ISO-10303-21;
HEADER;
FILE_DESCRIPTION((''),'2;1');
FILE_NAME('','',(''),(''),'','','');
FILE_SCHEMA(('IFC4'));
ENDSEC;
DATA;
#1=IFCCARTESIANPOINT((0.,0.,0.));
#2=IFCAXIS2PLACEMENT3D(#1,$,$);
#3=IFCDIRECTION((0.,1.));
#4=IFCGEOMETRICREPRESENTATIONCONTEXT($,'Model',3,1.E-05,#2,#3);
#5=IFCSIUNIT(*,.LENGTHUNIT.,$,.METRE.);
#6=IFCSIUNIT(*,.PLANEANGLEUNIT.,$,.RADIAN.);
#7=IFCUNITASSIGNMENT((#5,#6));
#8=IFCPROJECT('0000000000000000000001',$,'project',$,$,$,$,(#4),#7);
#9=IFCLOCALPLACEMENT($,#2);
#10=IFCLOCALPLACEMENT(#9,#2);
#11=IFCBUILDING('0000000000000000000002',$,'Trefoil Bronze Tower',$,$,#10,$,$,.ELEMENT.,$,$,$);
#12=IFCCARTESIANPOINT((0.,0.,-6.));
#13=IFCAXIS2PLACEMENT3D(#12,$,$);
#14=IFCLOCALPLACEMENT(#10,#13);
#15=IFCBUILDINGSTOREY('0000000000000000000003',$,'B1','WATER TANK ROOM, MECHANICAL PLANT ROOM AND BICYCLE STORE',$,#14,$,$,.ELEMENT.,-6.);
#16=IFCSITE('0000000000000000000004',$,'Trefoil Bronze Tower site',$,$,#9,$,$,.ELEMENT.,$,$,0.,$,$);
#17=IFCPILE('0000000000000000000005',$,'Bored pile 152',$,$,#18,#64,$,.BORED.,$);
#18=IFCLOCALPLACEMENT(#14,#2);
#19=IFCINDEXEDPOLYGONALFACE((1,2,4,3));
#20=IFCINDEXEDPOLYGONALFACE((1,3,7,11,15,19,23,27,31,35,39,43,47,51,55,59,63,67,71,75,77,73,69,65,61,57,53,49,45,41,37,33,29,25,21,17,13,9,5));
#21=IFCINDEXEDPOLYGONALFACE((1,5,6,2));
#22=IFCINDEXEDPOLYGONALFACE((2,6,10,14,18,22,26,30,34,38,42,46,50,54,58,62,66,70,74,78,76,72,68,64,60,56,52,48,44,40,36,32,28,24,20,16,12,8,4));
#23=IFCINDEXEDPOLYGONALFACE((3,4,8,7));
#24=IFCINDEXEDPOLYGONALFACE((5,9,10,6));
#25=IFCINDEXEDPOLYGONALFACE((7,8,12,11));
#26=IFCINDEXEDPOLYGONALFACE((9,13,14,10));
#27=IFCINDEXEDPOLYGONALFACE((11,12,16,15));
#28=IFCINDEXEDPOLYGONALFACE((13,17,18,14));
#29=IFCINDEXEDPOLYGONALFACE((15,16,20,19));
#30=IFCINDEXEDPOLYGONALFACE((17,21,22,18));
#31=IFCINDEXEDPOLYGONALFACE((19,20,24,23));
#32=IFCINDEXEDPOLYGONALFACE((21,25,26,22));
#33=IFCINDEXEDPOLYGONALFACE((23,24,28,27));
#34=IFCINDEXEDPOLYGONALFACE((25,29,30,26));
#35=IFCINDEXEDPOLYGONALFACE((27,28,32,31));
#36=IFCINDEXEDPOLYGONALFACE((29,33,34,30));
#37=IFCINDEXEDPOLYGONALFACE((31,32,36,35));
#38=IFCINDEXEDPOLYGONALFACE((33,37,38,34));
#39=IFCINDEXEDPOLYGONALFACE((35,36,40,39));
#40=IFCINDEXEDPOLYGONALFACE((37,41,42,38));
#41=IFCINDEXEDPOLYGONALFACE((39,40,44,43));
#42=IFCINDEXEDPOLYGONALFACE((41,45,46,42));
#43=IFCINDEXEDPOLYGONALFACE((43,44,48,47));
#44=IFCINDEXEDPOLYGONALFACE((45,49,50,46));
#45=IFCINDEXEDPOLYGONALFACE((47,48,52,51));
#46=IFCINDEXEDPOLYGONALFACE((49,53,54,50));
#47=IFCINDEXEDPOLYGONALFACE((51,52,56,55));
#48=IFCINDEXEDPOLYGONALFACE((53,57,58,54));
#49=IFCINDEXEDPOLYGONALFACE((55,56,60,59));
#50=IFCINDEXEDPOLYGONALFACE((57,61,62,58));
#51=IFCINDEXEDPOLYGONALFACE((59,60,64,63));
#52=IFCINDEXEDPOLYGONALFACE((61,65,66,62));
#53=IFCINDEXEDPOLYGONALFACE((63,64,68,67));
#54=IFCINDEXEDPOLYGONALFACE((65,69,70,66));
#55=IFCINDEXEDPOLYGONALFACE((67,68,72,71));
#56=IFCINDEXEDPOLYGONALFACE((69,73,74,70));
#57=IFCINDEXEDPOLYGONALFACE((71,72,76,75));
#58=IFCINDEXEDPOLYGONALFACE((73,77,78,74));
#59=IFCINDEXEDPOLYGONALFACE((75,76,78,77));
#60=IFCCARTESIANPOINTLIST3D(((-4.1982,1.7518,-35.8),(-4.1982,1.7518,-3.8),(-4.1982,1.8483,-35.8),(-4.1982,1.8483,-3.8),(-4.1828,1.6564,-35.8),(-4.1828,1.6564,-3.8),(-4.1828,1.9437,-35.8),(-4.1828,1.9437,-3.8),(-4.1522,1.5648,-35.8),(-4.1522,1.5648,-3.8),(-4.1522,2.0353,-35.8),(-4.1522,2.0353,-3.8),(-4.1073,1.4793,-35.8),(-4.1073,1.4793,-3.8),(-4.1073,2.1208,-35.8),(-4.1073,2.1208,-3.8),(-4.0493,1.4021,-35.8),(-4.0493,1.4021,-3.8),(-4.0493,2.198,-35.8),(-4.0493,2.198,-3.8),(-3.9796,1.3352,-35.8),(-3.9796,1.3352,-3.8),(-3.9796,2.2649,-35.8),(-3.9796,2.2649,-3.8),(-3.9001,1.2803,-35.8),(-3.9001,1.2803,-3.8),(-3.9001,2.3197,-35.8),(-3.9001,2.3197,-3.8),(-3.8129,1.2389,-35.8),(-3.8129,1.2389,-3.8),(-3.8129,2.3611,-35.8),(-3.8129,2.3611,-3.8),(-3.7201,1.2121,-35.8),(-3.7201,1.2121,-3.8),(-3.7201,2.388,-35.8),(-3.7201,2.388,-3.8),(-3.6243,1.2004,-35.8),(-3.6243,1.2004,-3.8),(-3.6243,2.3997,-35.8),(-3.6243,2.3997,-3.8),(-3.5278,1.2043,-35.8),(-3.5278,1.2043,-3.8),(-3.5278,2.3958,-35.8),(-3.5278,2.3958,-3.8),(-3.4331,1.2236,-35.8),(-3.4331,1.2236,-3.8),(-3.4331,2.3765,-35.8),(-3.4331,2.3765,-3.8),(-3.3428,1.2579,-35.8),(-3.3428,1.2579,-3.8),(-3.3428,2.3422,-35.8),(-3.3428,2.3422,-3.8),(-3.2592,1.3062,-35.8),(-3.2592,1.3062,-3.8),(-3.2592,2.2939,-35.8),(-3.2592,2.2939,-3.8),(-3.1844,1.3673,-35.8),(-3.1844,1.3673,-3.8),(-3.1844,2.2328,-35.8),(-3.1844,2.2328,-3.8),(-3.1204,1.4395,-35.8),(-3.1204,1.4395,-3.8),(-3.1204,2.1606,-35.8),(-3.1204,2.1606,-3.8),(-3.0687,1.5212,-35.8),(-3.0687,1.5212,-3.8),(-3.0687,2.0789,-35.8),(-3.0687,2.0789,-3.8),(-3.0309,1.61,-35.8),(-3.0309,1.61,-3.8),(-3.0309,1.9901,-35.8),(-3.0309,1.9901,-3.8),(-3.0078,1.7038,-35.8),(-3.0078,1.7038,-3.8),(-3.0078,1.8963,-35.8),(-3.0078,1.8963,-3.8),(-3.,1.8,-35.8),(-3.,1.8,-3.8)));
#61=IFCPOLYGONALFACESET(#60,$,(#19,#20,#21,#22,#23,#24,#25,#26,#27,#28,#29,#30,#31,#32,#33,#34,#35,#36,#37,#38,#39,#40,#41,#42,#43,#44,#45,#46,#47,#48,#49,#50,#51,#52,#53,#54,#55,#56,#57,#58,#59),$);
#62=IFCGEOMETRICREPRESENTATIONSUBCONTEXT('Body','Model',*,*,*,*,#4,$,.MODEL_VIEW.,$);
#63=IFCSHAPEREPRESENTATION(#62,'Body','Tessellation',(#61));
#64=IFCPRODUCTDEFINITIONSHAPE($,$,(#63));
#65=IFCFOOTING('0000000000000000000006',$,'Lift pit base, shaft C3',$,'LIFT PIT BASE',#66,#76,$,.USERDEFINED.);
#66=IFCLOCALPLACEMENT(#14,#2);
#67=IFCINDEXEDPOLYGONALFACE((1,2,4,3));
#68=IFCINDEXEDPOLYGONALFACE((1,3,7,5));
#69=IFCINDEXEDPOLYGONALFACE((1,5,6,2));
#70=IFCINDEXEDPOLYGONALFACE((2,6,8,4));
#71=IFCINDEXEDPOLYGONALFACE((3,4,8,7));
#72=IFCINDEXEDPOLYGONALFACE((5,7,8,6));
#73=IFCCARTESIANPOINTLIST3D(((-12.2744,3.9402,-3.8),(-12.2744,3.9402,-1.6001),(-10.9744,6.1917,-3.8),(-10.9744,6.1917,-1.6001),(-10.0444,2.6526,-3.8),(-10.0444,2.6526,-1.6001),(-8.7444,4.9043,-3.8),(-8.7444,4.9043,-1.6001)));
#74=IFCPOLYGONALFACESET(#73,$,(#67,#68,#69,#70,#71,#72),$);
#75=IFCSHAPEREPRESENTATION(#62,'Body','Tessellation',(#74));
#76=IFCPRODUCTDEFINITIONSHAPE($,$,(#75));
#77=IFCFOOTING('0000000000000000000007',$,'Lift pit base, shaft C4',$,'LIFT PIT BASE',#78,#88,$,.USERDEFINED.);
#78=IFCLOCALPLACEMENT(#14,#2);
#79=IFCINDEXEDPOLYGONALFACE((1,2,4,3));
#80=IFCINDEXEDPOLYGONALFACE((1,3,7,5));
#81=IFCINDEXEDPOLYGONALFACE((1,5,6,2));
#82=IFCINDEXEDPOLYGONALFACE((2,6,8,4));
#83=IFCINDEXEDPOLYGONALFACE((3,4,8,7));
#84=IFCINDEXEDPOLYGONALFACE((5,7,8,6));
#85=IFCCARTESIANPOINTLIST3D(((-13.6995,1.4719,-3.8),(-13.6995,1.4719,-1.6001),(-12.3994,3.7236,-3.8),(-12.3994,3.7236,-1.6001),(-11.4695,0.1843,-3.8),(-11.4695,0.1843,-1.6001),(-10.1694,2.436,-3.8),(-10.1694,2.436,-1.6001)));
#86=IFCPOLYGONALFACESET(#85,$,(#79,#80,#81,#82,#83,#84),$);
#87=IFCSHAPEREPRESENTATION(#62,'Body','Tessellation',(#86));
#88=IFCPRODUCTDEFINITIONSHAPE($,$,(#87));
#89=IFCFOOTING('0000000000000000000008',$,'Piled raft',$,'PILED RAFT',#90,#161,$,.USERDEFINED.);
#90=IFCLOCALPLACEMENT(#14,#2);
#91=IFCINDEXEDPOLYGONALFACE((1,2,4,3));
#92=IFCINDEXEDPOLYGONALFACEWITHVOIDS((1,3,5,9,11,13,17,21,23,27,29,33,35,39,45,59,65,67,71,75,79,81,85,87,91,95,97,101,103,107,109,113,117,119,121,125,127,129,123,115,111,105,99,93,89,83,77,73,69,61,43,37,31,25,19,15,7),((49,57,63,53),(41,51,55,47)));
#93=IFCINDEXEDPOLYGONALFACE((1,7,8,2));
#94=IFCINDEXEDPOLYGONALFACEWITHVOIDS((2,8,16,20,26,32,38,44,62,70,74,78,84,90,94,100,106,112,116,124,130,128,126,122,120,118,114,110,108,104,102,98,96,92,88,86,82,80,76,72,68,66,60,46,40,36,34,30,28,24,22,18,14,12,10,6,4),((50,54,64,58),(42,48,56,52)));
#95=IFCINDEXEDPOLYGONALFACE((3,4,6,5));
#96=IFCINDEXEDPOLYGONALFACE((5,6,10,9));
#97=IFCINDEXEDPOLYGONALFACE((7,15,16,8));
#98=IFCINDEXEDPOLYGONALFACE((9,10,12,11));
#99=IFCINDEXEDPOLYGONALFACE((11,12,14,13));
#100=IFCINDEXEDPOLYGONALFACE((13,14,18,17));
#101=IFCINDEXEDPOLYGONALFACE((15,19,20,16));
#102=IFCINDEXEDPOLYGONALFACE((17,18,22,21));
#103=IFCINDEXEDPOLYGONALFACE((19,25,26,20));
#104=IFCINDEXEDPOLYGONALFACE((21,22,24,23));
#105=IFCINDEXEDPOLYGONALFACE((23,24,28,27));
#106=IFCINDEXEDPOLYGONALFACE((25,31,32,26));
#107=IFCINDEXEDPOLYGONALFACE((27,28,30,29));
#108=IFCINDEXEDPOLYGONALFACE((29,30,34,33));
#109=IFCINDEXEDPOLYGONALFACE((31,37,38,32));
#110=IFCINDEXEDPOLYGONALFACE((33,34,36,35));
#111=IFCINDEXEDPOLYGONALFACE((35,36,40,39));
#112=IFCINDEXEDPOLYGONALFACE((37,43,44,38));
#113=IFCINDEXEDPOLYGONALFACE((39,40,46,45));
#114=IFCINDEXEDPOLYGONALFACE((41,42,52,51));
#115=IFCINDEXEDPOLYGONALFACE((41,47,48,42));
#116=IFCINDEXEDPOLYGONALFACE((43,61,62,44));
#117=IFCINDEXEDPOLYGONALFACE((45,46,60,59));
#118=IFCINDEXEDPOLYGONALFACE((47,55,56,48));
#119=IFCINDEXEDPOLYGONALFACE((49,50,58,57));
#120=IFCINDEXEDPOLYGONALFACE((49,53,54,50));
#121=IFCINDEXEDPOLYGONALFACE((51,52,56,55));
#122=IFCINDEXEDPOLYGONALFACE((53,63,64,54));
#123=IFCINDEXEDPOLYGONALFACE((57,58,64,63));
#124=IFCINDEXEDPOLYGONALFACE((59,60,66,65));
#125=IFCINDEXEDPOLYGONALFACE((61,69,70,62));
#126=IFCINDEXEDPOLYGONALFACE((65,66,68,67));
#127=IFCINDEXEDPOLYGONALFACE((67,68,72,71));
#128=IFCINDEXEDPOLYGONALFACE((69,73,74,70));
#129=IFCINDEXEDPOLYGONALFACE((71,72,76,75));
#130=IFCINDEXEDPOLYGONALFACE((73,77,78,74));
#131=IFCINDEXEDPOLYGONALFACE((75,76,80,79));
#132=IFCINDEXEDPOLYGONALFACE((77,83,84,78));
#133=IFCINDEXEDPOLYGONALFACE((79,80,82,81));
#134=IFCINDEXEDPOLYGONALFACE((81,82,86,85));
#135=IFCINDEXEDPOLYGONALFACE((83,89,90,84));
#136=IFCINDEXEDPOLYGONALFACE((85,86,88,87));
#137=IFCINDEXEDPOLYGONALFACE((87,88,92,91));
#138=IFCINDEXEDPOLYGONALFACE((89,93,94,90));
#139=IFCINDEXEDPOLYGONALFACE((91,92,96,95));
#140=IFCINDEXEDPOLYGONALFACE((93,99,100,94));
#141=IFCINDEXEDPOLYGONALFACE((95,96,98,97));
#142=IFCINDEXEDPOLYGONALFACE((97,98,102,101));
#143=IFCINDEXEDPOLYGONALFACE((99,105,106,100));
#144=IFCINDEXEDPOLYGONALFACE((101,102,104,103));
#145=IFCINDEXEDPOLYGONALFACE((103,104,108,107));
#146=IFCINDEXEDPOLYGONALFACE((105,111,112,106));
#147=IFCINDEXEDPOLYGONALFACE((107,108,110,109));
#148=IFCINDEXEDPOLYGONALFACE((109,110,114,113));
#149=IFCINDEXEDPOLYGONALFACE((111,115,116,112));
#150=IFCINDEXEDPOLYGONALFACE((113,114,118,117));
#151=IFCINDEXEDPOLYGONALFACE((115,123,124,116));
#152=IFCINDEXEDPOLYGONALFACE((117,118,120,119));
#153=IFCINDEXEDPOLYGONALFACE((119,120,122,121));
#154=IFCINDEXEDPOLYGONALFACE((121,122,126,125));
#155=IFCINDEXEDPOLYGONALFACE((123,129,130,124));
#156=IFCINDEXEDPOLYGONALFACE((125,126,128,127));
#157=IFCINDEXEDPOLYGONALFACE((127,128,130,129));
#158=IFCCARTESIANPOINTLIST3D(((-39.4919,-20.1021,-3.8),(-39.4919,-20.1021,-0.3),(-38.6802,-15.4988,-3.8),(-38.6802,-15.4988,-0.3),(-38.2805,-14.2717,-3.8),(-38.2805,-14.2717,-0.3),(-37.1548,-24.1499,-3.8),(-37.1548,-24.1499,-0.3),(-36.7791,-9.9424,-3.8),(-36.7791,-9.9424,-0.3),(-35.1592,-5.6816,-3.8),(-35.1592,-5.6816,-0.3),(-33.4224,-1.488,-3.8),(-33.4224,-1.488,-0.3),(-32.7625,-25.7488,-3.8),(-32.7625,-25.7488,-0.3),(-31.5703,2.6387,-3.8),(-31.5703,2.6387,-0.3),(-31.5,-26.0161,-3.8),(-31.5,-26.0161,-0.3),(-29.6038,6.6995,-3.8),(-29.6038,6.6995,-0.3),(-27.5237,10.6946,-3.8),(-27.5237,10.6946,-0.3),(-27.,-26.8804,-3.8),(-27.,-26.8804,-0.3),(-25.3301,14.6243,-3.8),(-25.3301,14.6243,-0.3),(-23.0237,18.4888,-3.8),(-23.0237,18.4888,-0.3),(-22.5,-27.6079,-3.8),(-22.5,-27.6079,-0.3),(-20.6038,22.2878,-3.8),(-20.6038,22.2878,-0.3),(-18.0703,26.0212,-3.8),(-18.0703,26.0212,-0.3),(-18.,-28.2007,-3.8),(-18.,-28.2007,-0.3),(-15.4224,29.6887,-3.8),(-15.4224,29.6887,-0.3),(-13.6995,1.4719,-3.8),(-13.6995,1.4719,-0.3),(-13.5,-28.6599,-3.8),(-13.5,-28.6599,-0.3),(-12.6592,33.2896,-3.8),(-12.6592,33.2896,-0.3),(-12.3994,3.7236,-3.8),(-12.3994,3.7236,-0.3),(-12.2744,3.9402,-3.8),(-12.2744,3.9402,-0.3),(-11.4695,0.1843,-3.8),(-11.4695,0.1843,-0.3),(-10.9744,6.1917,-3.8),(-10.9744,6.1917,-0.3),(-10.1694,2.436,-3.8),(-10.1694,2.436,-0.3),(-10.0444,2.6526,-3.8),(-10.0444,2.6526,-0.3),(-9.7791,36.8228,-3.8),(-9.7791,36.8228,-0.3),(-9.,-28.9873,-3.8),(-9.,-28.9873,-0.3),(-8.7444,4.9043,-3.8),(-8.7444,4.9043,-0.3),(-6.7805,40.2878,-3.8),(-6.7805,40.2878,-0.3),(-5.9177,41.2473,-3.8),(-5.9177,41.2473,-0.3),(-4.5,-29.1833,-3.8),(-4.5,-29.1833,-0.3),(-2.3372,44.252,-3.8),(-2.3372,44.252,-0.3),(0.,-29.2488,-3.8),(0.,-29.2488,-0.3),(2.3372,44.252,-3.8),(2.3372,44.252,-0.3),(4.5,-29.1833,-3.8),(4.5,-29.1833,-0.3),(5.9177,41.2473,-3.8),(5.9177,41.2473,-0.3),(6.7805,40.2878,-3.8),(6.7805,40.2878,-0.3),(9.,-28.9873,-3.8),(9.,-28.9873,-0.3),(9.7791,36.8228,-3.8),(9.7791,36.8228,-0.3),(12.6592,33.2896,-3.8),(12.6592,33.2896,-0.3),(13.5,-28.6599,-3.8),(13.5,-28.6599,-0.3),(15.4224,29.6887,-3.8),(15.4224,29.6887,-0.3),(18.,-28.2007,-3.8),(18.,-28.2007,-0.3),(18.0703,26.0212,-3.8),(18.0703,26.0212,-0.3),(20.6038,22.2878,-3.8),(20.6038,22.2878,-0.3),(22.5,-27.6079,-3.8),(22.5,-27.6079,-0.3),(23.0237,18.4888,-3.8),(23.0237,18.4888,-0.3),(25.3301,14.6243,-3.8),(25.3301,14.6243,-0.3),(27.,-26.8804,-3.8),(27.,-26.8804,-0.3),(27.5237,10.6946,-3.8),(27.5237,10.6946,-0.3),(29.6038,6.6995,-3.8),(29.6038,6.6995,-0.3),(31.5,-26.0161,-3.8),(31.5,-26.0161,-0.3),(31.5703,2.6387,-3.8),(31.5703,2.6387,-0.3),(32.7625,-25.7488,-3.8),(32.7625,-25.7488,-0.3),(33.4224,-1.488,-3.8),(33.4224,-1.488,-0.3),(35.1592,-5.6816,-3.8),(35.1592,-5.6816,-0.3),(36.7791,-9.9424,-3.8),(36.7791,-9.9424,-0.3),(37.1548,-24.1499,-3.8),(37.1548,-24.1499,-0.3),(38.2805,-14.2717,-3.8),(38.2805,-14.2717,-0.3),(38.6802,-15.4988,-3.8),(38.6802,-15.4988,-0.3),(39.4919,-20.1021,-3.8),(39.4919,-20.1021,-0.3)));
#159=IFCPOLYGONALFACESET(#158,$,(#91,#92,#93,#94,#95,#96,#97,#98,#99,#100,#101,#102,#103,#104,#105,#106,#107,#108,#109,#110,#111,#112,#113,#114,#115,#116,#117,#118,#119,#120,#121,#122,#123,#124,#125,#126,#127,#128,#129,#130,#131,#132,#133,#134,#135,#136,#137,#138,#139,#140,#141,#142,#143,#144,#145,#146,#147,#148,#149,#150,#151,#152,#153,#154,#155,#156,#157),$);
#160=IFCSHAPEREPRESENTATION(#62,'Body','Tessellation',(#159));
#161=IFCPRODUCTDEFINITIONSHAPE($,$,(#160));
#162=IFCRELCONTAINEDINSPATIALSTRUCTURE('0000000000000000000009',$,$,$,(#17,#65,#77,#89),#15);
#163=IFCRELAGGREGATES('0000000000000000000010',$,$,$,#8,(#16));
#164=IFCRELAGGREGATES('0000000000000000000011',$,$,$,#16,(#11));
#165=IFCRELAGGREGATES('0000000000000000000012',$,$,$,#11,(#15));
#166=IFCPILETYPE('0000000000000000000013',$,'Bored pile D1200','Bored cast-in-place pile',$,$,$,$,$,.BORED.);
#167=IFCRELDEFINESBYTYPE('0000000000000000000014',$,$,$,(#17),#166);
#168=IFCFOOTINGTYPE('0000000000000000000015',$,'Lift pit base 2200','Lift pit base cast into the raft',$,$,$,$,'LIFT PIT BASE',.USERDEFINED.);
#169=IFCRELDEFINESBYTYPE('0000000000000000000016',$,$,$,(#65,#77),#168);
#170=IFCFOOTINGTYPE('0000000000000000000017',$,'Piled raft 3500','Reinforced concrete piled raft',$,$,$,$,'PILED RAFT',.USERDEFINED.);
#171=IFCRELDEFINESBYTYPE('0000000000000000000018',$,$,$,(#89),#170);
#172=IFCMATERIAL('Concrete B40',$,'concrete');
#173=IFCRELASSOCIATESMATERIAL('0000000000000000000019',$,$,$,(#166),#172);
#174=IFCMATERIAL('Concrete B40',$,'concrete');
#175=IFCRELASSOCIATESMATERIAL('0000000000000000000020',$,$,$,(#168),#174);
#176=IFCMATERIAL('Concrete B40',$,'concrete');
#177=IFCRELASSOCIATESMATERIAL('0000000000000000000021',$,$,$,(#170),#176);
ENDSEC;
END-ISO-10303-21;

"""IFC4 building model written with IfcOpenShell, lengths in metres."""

from ifc_helpers import new_model, si_unit, direction, frame, origin, origin_2d, place, context, subcontext, project, spatial, polyline, circle, outline, extrude, material, type_object, element, save


model = new_model("IFC4")

# Units and contexts
model_context = context("Model", 3, precision=1e-05, world=origin(), true_north=direction((0.0, 1.0)))
body_context = subcontext(model_context, "Body", "Model", "MODEL_VIEW")
ifc_project = project(units=[si_unit("LENGTHUNIT", "METRE"), si_unit("PLANEANGLEUNIT", "RADIAN")], contexts=[model_context])

# Site, building, storey
site_placement = place(None, origin())
site = spatial("IfcSite", under=ifc_project, at=site_placement, Name="Trefoil Bronze Tower site", CompositionType="ELEMENT", RefElevation=0.0)
building_placement = place(site_placement, origin())
building = spatial("IfcBuilding", under=site, at=building_placement, Name="Trefoil Bronze Tower", CompositionType="ELEMENT")
storey_placement = place(building_placement, frame((0.0, 0.0, -6.0)))
storey = spatial("IfcBuildingStorey", under=building, at=storey_placement, Name="B1", Description="WATER TANK ROOM, MECHANICAL PLANT ROOM AND BICYCLE STORE", CompositionType="ELEMENT", Elevation=-6.0)

# Pile
ifc_material_1 = material(Name="Concrete B40", Category="concrete")
pile_type = type_object("IfcPileType", Name="Bored pile D1200", Description="Bored cast-in-place pile", PredefinedType="BORED", material=ifc_material_1)
for number, where, z_axis, x_axis, name in (
    (1, (-3.6001, 1.8, -3.8), (0.0, 0.0, -1.0), (1.0, 0.0, 0.0), "Bored pile 152"),
):
    element("IfcPile", number, at=place(storey_placement, frame(where, z_axis=z_axis, x_axis=x_axis)), inside=storey, type_object=pile_type, Name=name, PredefinedType="BORED", context=body_context, shape_type="SweptSolid", body=[
        extrude(circle(Radius=0.6001, at=origin_2d()), origin(), (0.0, 0.0, 1.0), 32.0),
    ])

# Footings
ifc_material_2 = material(Name="Concrete B40", Category="concrete")
footing_type_1 = type_object("IfcFootingType", Name="Lift pit base 2200", Description="Lift pit base cast into the raft", ElementType="LIFT PIT BASE", PredefinedType="USERDEFINED", material=ifc_material_2)
footing_1_placement = place(storey_placement, frame((0.0, 0.0, -3.8)))
element("IfcFooting", 2, at=footing_1_placement, inside=storey, type_object=footing_type_1, Name="Lift pit base, shaft C3", ObjectType="LIFT PIT BASE", PredefinedType="USERDEFINED", context=body_context, shape_type="SweptSolid", body=[
    extrude(outline(polyline([(-8.7444, 4.9043), (-10.0444, 2.6526), (-12.2744, 3.9402), (-10.9744, 6.1917), (-8.7444, 4.9043)])), origin(), (0.0, 0.0, 1.0), 2.2),
])
footing_2_placement = place(storey_placement, frame((0.0, 0.0, -3.8)))
element("IfcFooting", 3, at=footing_2_placement, inside=storey, type_object=footing_type_1, Name="Lift pit base, shaft C4", ObjectType="LIFT PIT BASE", PredefinedType="USERDEFINED", context=body_context, shape_type="SweptSolid", body=[
    extrude(outline(polyline([(-10.1694, 2.436), (-11.4695, 0.1843), (-13.6995, 1.4719), (-12.3994, 3.7236), (-10.1694, 2.436)])), origin(), (0.0, 0.0, 1.0), 2.2),
])
ifc_material_3 = material(Name="Concrete B40", Category="concrete")
footing_type_2 = type_object("IfcFootingType", Name="Piled raft 3500", Description="Reinforced concrete piled raft", ElementType="PILED RAFT", PredefinedType="USERDEFINED", material=ifc_material_3)
footing_3_placement = place(storey_placement, frame((0.0, 0.0, -3.8)))
element("IfcFooting", 4, at=footing_3_placement, inside=storey, type_object=footing_type_2, Name="Piled raft", ObjectType="PILED RAFT", PredefinedType="USERDEFINED", context=body_context, shape_type="SweptSolid", body=[
    extrude(outline(polyline([(-32.7625, -25.7488), (-31.5, -26.0161), (-27.0, -26.8804), (-22.5, -27.6079), (-18.0, -28.2007), (-13.5, -28.6599), (-9.0, -28.9873), (-4.5, -29.1833), (0.0, -29.2488), (4.5, -29.1833), (9.0, -28.9873), (13.5, -28.6599), (18.0, -28.2007), (22.5, -27.6079), (27.0, -26.8804), (31.5, -26.0161), (32.7625, -25.7488), (37.1548, -24.1499), (39.4919, -20.1021), (38.6802, -15.4988), (38.2805, -14.2717), (36.7791, -9.9424), (35.1592, -5.6816), (33.4224, -1.488), (31.5703, 2.6387), (29.6038, 6.6995), (27.5237, 10.6946), (25.3301, 14.6243), (23.0237, 18.4888), (20.6038, 22.2878), (18.0703, 26.0212), (15.4224, 29.6887), (12.6592, 33.2896), (9.7791, 36.8228), (6.7805, 40.2878), (5.9177, 41.2473), (2.3372, 44.252), (-2.3372, 44.252), (-5.9177, 41.2473), (-6.7805, 40.2878), (-9.7791, 36.8228), (-12.6592, 33.2896), (-15.4224, 29.6887), (-18.0703, 26.0212), (-20.6038, 22.2878), (-23.0237, 18.4888), (-25.3301, 14.6243), (-27.5237, 10.6946), (-29.6038, 6.6995), (-31.5703, 2.6387), (-33.4224, -1.488), (-35.1592, -5.6816), (-36.7791, -9.9424), (-38.2805, -14.2717), (-38.6802, -15.4988), (-39.4919, -20.1021), (-37.1548, -24.1499), (-32.7625, -25.7488)]), holes=[polyline([(-8.7444, 4.9043), (-10.0444, 2.6526), (-12.2744, 3.9402), (-10.9744, 6.1917), (-8.7444, 4.9043)]), polyline([(-10.1694, 2.436), (-11.4695, 0.1843), (-13.6995, 1.4719), (-12.3994, 3.7236), (-10.1694, 2.436)])]), origin(), (0.0, 0.0, 1.0), 3.5),
])

save(model, "model.ifc")
